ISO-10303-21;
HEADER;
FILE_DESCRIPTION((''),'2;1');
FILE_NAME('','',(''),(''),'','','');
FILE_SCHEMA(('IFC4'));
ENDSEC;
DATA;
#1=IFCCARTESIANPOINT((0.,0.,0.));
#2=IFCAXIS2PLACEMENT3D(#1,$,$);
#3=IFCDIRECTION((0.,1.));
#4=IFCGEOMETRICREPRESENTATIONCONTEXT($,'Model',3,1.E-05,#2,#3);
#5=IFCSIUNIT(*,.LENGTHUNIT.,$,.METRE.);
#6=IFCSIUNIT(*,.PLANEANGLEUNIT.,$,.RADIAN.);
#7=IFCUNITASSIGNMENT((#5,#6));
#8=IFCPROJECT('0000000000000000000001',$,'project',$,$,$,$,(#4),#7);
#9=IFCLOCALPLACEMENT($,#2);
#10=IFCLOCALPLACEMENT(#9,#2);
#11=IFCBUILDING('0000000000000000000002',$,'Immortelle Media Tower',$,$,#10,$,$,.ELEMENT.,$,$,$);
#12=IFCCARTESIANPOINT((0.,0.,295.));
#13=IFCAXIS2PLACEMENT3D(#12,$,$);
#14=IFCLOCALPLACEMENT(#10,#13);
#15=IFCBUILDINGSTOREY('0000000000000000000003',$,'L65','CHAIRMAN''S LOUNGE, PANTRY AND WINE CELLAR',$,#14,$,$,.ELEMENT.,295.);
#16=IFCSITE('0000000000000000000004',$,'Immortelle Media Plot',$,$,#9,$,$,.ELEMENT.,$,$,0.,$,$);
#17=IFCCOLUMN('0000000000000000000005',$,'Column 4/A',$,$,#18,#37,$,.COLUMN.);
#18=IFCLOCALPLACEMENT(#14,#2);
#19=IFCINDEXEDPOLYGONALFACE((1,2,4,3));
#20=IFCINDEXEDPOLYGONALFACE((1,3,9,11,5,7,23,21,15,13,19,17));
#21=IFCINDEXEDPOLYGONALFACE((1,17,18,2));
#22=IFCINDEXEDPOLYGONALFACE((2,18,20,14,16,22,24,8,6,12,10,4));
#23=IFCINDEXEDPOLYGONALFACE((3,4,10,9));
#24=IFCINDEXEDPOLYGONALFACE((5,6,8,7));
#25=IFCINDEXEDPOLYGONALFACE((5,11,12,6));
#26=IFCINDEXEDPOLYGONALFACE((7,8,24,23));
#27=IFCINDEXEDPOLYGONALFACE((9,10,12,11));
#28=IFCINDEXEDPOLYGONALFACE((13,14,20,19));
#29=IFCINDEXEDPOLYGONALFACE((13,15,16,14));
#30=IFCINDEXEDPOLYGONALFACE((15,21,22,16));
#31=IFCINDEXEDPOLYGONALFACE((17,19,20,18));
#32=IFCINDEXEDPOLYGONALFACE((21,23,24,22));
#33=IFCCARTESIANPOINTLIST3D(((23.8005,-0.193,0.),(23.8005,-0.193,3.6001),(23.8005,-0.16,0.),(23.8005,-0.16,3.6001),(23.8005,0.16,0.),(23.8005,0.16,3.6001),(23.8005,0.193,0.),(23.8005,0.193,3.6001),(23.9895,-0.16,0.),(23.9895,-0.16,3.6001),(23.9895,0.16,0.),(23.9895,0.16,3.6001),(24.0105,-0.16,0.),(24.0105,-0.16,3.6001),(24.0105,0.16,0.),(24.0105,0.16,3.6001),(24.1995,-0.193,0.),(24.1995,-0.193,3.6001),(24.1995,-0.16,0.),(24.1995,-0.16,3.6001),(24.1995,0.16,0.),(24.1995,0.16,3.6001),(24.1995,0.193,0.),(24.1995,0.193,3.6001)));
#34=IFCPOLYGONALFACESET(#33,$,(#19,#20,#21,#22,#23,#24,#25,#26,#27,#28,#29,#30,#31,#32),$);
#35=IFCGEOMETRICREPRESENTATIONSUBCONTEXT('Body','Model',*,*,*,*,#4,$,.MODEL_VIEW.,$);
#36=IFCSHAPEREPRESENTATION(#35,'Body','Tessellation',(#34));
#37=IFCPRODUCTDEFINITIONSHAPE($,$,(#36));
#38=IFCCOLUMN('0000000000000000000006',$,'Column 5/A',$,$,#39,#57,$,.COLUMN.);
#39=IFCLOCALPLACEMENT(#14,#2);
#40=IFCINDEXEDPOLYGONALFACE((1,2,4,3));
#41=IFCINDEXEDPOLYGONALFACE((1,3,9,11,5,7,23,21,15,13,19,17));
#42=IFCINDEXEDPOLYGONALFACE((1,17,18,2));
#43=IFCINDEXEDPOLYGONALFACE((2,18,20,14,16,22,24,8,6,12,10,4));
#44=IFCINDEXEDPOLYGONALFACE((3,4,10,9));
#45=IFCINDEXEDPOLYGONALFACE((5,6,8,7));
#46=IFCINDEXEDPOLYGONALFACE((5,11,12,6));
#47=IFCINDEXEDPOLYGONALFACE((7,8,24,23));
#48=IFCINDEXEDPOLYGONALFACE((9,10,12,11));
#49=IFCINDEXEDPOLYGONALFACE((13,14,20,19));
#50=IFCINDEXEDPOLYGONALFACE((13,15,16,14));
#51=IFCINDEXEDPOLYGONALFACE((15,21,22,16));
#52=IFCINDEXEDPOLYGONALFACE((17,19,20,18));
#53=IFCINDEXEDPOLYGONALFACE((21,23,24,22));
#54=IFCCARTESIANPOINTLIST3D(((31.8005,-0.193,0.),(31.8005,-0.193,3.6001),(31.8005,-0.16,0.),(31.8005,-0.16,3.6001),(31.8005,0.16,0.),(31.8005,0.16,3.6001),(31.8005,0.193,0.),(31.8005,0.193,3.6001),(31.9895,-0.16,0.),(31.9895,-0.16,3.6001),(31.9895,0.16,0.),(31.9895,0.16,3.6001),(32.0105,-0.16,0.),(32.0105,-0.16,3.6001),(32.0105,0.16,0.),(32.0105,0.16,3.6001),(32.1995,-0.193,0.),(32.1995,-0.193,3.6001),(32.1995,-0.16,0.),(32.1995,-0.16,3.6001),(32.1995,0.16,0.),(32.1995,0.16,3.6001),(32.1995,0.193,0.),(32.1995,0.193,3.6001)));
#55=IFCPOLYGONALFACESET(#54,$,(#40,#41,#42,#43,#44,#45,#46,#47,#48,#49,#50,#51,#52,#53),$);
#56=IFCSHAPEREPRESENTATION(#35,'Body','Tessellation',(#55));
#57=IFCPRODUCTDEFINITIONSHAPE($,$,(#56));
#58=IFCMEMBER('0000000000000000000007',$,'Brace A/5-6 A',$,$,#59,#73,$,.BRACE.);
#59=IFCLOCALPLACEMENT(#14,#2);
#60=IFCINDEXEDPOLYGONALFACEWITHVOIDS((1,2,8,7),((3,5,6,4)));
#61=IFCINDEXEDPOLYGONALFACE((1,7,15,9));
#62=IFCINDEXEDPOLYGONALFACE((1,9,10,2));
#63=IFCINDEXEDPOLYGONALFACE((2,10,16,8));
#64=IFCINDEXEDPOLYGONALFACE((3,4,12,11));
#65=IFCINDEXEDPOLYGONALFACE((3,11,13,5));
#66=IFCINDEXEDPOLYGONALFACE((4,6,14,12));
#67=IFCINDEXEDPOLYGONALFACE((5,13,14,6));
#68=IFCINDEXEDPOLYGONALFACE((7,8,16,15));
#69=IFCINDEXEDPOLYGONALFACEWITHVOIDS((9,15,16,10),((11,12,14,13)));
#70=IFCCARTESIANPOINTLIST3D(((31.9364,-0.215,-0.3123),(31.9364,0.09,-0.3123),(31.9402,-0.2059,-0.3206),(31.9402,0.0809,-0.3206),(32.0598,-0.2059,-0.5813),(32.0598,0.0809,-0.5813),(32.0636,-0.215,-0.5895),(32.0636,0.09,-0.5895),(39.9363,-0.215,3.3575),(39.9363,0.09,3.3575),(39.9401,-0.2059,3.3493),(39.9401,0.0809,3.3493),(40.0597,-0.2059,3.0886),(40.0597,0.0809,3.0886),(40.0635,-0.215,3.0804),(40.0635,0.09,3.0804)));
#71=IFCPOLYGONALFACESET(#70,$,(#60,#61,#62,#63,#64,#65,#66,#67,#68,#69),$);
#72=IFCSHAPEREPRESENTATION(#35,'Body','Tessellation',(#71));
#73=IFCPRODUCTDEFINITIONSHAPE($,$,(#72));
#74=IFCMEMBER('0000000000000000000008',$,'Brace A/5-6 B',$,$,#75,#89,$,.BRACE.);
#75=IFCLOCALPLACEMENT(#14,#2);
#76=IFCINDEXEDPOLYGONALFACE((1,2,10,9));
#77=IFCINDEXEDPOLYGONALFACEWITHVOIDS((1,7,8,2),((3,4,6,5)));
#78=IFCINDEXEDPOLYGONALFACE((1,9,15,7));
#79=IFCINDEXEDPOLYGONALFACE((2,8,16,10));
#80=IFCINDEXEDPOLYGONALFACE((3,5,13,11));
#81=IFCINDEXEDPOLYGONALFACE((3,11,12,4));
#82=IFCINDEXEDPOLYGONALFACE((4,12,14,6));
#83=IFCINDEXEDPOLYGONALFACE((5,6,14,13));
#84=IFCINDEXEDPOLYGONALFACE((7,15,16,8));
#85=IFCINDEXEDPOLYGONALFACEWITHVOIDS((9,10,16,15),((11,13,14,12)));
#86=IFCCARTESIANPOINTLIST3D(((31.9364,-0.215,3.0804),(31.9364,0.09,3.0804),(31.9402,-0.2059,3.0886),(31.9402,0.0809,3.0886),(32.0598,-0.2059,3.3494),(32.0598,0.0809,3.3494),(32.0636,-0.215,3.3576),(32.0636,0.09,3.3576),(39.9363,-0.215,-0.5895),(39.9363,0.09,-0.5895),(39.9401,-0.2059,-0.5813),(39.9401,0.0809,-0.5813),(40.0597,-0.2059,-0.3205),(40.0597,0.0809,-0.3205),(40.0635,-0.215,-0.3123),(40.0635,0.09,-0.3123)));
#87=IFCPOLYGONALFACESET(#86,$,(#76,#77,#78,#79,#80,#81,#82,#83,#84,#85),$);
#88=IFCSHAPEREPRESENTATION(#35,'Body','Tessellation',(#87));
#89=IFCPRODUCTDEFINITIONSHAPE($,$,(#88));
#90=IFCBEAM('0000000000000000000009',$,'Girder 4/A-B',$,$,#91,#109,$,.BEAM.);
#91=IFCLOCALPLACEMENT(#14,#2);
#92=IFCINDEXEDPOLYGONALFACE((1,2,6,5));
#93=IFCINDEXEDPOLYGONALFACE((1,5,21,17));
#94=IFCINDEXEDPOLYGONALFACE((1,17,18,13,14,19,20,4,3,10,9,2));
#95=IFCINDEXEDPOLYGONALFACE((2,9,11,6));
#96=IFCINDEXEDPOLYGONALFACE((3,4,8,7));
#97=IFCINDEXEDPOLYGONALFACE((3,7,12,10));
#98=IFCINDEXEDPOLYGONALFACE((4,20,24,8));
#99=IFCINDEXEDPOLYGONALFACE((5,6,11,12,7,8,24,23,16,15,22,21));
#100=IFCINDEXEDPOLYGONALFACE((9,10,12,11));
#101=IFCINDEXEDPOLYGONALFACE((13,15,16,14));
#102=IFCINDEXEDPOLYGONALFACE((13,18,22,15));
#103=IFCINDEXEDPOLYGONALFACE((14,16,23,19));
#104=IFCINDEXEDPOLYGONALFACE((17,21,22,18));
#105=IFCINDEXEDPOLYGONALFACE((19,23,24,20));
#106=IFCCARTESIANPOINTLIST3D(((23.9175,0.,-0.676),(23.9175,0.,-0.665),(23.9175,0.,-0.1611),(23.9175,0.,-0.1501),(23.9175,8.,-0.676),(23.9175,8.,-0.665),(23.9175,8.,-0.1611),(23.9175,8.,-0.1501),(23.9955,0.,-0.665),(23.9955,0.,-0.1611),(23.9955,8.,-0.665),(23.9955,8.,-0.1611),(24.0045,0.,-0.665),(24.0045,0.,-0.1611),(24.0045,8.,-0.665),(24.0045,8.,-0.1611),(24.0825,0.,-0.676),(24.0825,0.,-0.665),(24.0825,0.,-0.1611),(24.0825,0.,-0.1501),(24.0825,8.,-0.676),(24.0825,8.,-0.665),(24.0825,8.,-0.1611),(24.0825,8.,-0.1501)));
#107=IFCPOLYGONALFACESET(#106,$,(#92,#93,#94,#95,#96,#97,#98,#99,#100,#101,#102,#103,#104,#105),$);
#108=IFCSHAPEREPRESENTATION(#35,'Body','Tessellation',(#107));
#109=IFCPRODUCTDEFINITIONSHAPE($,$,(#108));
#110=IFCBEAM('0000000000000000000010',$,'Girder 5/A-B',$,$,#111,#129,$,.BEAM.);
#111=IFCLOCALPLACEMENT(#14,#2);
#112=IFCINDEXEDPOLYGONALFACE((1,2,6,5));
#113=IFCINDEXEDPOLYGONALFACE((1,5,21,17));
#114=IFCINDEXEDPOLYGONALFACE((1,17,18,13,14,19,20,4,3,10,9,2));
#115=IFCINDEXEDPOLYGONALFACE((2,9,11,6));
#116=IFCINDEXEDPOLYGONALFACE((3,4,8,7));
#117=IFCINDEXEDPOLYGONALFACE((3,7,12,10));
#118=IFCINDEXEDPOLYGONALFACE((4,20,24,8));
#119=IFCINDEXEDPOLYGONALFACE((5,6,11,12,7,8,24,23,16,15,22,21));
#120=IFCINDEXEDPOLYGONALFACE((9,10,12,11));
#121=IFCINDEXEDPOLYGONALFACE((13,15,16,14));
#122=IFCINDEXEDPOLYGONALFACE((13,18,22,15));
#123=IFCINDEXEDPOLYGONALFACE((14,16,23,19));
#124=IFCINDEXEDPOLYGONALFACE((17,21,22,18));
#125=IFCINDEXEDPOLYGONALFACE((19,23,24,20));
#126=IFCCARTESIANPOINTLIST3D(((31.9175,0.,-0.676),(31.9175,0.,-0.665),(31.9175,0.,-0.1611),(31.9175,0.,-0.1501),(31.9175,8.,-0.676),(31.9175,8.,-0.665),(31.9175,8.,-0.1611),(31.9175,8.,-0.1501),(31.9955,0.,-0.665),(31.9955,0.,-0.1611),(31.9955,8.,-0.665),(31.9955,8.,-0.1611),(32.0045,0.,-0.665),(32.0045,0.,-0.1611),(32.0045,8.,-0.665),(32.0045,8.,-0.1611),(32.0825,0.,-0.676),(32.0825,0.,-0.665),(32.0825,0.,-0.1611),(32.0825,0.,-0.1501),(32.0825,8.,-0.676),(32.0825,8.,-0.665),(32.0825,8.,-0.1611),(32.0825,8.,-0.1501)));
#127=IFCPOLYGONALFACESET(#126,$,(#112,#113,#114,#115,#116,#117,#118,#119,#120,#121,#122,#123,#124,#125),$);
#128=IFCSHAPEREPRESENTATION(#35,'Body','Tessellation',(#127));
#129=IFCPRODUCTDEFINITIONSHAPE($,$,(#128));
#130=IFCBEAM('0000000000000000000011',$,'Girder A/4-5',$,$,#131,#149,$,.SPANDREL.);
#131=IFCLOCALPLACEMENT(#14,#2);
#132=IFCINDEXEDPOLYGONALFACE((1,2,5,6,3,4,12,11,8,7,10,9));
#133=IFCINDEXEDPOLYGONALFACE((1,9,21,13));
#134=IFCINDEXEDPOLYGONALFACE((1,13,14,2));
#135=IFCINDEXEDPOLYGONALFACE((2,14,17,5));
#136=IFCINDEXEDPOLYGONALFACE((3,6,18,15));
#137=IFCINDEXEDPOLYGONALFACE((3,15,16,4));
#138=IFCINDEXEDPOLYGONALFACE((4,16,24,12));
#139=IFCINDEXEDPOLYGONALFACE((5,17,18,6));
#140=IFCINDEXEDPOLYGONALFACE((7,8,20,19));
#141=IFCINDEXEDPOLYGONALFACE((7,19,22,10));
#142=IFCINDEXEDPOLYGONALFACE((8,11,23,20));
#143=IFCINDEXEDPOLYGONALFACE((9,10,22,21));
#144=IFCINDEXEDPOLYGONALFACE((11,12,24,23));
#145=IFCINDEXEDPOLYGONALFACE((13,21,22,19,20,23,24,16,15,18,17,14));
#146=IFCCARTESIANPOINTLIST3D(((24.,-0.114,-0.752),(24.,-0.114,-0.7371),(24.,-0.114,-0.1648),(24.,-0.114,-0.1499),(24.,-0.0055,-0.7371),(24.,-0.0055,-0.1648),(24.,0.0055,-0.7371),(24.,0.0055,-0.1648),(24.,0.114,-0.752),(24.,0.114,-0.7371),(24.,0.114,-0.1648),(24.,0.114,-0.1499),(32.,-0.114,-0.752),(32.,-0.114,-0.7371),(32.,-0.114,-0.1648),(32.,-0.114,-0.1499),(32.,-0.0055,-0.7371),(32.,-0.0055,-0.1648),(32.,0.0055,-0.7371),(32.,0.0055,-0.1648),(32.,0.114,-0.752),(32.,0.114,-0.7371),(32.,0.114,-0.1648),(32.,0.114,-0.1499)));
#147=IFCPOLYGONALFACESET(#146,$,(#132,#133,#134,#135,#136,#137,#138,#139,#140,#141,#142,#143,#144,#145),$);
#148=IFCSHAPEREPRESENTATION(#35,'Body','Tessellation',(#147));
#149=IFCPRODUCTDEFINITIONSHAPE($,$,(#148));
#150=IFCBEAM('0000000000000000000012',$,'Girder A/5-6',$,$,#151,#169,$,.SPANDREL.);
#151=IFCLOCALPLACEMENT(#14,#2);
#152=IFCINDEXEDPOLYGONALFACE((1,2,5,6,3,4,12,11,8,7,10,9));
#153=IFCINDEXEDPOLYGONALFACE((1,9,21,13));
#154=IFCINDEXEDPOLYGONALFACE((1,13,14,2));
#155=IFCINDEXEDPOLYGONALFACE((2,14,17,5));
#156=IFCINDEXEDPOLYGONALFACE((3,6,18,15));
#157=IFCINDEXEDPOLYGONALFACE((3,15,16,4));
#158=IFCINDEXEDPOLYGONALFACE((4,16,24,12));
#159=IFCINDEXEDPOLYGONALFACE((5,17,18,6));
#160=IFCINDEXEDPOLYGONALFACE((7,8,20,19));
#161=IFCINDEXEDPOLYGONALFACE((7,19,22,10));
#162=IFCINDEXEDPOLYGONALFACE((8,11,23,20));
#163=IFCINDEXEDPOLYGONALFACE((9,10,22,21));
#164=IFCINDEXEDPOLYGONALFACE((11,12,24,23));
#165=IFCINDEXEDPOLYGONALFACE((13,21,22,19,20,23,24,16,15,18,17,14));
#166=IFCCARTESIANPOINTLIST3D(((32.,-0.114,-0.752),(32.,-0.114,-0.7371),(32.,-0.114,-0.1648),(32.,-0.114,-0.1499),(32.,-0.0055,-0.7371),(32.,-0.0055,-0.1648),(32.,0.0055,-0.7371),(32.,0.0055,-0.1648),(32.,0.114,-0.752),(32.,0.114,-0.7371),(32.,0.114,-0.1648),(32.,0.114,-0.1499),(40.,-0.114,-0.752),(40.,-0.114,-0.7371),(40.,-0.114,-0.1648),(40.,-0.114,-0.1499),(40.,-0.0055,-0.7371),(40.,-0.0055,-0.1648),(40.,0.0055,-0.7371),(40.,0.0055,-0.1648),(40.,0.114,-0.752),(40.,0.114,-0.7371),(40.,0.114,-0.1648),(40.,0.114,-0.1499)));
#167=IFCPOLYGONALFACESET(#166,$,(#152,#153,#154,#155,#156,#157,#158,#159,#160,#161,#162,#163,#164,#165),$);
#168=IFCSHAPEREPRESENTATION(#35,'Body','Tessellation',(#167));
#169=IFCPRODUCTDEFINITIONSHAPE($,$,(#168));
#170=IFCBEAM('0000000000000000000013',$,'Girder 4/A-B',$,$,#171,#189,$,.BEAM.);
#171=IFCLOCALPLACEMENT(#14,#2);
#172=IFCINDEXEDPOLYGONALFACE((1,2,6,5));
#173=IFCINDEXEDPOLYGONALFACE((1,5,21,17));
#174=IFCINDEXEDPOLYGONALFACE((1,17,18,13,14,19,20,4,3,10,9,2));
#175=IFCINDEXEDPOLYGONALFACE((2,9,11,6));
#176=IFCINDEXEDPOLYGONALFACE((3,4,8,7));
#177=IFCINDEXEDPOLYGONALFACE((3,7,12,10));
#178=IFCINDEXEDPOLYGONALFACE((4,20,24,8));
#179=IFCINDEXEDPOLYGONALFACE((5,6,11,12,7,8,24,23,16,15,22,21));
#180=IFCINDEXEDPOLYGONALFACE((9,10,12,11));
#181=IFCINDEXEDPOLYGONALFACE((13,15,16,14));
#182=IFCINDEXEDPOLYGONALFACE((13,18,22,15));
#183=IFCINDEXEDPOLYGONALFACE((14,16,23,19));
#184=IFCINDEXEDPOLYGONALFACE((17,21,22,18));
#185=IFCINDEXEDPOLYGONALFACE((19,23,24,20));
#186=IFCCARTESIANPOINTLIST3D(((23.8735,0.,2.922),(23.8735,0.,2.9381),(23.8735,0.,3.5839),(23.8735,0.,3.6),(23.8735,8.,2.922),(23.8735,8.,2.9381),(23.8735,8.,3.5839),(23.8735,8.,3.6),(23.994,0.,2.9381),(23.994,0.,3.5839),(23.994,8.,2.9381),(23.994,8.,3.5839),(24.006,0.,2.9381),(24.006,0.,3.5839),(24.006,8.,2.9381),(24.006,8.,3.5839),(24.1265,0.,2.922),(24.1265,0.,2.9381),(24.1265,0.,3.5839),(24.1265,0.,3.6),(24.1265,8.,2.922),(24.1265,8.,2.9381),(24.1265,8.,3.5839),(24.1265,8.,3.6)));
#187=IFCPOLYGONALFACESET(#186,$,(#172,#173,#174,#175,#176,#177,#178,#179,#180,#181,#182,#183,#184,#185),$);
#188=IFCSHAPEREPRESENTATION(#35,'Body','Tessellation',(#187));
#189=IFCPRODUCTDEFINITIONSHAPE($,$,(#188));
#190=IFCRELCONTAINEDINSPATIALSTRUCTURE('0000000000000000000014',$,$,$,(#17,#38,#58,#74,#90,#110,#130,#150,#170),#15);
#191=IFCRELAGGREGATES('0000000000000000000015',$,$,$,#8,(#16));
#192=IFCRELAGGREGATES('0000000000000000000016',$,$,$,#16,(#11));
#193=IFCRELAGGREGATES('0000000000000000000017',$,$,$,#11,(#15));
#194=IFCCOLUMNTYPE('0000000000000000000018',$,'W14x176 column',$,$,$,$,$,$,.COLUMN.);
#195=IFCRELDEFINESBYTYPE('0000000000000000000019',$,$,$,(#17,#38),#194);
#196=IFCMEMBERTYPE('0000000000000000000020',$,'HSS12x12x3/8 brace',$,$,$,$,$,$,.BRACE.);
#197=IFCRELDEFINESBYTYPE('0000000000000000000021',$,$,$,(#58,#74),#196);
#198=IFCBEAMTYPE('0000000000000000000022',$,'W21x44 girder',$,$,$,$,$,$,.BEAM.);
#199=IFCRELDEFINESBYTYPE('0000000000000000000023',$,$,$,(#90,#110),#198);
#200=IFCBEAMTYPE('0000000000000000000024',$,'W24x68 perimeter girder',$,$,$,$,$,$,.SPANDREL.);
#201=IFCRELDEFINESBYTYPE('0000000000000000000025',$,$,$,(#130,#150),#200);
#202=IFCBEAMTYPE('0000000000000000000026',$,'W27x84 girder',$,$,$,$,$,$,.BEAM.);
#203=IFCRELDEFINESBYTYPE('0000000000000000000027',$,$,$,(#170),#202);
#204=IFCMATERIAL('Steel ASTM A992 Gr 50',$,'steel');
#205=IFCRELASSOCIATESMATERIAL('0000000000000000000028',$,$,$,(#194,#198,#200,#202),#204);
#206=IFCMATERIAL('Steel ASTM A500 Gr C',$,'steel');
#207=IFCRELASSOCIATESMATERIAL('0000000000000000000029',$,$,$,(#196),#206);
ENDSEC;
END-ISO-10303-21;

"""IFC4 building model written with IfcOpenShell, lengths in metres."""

from ifc_helpers import new_model, si_unit, direction, frame, origin, origin_2d, place, context, subcontext, project, spatial, hollow_rectangle, i_section, extrude, material, material_profile, profile_set, type_object, element, save


model = new_model("IFC4")

# Units and contexts
model_context = context("Model", 3, precision=1e-05, world=origin(), true_north=direction((0.0, 1.0)))
body_context = subcontext(model_context, "Body", "Model", "MODEL_VIEW")
ifc_project = project(units=[si_unit("LENGTHUNIT", "METRE"), si_unit("PLANEANGLEUNIT", "RADIAN")], contexts=[model_context])

# Site, building, storey
site_placement = place(None, origin())
site = spatial("IfcSite", under=ifc_project, at=site_placement, Name="Immortelle Media Plot", CompositionType="ELEMENT", RefElevation=0.0)
building_placement = place(site_placement, origin())
building = spatial("IfcBuilding", under=site, at=building_placement, Name="Immortelle Media Tower", CompositionType="ELEMENT")
storey_placement = place(building_placement, frame((0.0, 0.0, 295.0)))
storey = spatial("IfcBuildingStorey", under=building, at=storey_placement, Name="L65", Description="CHAIRMAN'S LOUNGE, PANTRY AND WINE CELLAR", CompositionType="ELEMENT", Elevation=295.0)

# Columns
ifc_material_1 = material(Name="Steel ASTM A992 Gr 50", Category="steel")
ifc_material_profile_1 = material_profile(ifc_material_1, i_section(OverallWidth=0.3989, OverallDepth=0.386, WebThickness=0.021, FlangeThickness=0.033, at=origin_2d()), Name="W14x176")
ifc_profile_set_1 = profile_set([ifc_material_profile_1], Name="Steel ASTM A992 Gr 50")
column_type = type_object("IfcColumnType", Name="W14x176 column", PredefinedType="COLUMN", material=ifc_profile_set_1)
for number, where, z_axis, x_axis, name in (
    (1, (24.0, 0.0, 0.0), (0.0, 0.0, 1.0), (1.0, 0.0, 0.0), "Column 4/A"),
    (2, (32.0, 0.0, 0.0), (0.0, 0.0, 1.0), (1.0, 0.0, 0.0), "Column 5/A"),
):
    element("IfcColumn", number, at=place(storey_placement, frame(where, z_axis=z_axis, x_axis=x_axis)), inside=storey, type_object=column_type, Name=name, PredefinedType="COLUMN", context=body_context, shape_type="SweptSolid", body=[
        extrude(i_section(OverallWidth=0.3989, OverallDepth=0.386, WebThickness=0.021, FlangeThickness=0.033, at=origin_2d()), origin(), (0.0, 0.0, 1.0), 3.6001),
    ])

# Members
ifc_material_2 = material(Name="Steel ASTM A500 Gr C", Category="steel")
ifc_material_profile_2 = material_profile(ifc_material_2, hollow_rectangle(XDim=0.3049, YDim=0.3049, WallThickness=0.009, at=origin_2d()), Name="HSS12x12x3/8 brace")
ifc_profile_set_2 = profile_set([ifc_material_profile_2], Name="Steel ASTM A500 Gr C")
member_type = type_object("IfcMemberType", Name="HSS12x12x3/8 brace", PredefinedType="BRACE", material=ifc_profile_set_2)
for number, where, z_axis, x_axis, name in (
    (3, (32.0, -0.0625, -0.4509), (0.908925, 0.0, 0.41696), (0.0, 1.0, 0.0), "Brace A/5-6 A"),
    (4, (32.0, -0.0625, 3.219), (0.908925, 0.0, -0.41696), (0.0, 1.0, 0.0), "Brace A/5-6 B"),
):
    element("IfcMember", number, at=place(storey_placement, frame(where, z_axis=z_axis, x_axis=x_axis)), inside=storey, type_object=member_type, Name=name, PredefinedType="BRACE", context=body_context, shape_type="SweptSolid", body=[
        extrude(hollow_rectangle(XDim=0.3049, YDim=0.3049, WallThickness=0.009, at=origin_2d()), origin(), (0.0, 0.0, 1.0), 8.8015),
    ])

# Beams
ifc_material_profile_3 = material_profile(ifc_material_1, i_section(OverallWidth=0.165, OverallDepth=0.5259, WebThickness=0.009, FlangeThickness=0.011, at=origin_2d()), Name="W21x44")
ifc_profile_set_3 = profile_set([ifc_material_profile_3], Name="Steel ASTM A992 Gr 50")
beam_type_1 = type_object("IfcBeamType", Name="W21x44 girder", PredefinedType="BEAM", material=ifc_profile_set_3)
for number, where, z_axis, x_axis, name in (
    (5, (24.0, 0.0, -0.4131), (0.0, 1.0, 0.0), (-1.0, 0.0, 0.0), "Girder 4/A-B"),
    (6, (32.0, 0.0, -0.4131), (0.0, 1.0, 0.0), (-1.0, 0.0, 0.0), "Girder 5/A-B"),
):
    element("IfcBeam", number, at=place(storey_placement, frame(where, z_axis=z_axis, x_axis=x_axis)), inside=storey, type_object=beam_type_1, Name=name, PredefinedType="BEAM", context=body_context, shape_type="SweptSolid", body=[
        extrude(i_section(OverallWidth=0.165, OverallDepth=0.5259, WebThickness=0.009, FlangeThickness=0.011, at=origin_2d()), origin(), (0.0, 0.0, 1.0), 8.0),
    ])
ifc_material_profile_4 = material_profile(ifc_material_1, i_section(OverallWidth=0.228, OverallDepth=0.6021, WebThickness=0.011, FlangeThickness=0.0149, at=origin_2d()), Name="W24x68")
ifc_profile_set_4 = profile_set([ifc_material_profile_4], Name="Steel ASTM A992 Gr 50")
beam_type_2 = type_object("IfcBeamType", Name="W24x68 perimeter girder", PredefinedType="SPANDREL", material=ifc_profile_set_4)
for number, where, z_axis, x_axis, name in (
    (7, (24.0, 0.0, -0.4509), (1.0, 0.0, 0.0), (0.0, 1.0, 0.0), "Girder A/4-5"),
    (8, (32.0, 0.0, -0.4509), (1.0, 0.0, 0.0), (0.0, 1.0, 0.0), "Girder A/5-6"),
):
    element("IfcBeam", number, at=place(storey_placement, frame(where, z_axis=z_axis, x_axis=x_axis)), inside=storey, type_object=beam_type_2, Name=name, PredefinedType="SPANDREL", context=body_context, shape_type="SweptSolid", body=[
        extrude(i_section(OverallWidth=0.228, OverallDepth=0.6021, WebThickness=0.011, FlangeThickness=0.0149, at=origin_2d()), origin(), (0.0, 0.0, 1.0), 8.0),
    ])
ifc_material_profile_5 = material_profile(ifc_material_1, i_section(OverallWidth=0.2529, OverallDepth=0.678, WebThickness=0.012, FlangeThickness=0.0161, at=origin_2d()), Name="W27x84")
ifc_profile_set_5 = profile_set([ifc_material_profile_5], Name="Steel ASTM A992 Gr 50")
beam_type_3 = type_object("IfcBeamType", Name="W27x84 girder", PredefinedType="BEAM", material=ifc_profile_set_5)
for number, where, z_axis, x_axis, name in (
    (9, (24.0, 0.0, 3.261), (0.0, 1.0, 0.0), (-1.0, 0.0, 0.0), "Girder 4/A-B"),
):
    element("IfcBeam", number, at=place(storey_placement, frame(where, z_axis=z_axis, x_axis=x_axis)), inside=storey, type_object=beam_type_3, Name=name, PredefinedType="BEAM", context=body_context, shape_type="SweptSolid", body=[
        extrude(i_section(OverallWidth=0.2529, OverallDepth=0.678, WebThickness=0.012, FlangeThickness=0.0161, at=origin_2d()), origin(), (0.0, 0.0, 1.0), 8.0),
    ])

save(model, "model.ifc")
